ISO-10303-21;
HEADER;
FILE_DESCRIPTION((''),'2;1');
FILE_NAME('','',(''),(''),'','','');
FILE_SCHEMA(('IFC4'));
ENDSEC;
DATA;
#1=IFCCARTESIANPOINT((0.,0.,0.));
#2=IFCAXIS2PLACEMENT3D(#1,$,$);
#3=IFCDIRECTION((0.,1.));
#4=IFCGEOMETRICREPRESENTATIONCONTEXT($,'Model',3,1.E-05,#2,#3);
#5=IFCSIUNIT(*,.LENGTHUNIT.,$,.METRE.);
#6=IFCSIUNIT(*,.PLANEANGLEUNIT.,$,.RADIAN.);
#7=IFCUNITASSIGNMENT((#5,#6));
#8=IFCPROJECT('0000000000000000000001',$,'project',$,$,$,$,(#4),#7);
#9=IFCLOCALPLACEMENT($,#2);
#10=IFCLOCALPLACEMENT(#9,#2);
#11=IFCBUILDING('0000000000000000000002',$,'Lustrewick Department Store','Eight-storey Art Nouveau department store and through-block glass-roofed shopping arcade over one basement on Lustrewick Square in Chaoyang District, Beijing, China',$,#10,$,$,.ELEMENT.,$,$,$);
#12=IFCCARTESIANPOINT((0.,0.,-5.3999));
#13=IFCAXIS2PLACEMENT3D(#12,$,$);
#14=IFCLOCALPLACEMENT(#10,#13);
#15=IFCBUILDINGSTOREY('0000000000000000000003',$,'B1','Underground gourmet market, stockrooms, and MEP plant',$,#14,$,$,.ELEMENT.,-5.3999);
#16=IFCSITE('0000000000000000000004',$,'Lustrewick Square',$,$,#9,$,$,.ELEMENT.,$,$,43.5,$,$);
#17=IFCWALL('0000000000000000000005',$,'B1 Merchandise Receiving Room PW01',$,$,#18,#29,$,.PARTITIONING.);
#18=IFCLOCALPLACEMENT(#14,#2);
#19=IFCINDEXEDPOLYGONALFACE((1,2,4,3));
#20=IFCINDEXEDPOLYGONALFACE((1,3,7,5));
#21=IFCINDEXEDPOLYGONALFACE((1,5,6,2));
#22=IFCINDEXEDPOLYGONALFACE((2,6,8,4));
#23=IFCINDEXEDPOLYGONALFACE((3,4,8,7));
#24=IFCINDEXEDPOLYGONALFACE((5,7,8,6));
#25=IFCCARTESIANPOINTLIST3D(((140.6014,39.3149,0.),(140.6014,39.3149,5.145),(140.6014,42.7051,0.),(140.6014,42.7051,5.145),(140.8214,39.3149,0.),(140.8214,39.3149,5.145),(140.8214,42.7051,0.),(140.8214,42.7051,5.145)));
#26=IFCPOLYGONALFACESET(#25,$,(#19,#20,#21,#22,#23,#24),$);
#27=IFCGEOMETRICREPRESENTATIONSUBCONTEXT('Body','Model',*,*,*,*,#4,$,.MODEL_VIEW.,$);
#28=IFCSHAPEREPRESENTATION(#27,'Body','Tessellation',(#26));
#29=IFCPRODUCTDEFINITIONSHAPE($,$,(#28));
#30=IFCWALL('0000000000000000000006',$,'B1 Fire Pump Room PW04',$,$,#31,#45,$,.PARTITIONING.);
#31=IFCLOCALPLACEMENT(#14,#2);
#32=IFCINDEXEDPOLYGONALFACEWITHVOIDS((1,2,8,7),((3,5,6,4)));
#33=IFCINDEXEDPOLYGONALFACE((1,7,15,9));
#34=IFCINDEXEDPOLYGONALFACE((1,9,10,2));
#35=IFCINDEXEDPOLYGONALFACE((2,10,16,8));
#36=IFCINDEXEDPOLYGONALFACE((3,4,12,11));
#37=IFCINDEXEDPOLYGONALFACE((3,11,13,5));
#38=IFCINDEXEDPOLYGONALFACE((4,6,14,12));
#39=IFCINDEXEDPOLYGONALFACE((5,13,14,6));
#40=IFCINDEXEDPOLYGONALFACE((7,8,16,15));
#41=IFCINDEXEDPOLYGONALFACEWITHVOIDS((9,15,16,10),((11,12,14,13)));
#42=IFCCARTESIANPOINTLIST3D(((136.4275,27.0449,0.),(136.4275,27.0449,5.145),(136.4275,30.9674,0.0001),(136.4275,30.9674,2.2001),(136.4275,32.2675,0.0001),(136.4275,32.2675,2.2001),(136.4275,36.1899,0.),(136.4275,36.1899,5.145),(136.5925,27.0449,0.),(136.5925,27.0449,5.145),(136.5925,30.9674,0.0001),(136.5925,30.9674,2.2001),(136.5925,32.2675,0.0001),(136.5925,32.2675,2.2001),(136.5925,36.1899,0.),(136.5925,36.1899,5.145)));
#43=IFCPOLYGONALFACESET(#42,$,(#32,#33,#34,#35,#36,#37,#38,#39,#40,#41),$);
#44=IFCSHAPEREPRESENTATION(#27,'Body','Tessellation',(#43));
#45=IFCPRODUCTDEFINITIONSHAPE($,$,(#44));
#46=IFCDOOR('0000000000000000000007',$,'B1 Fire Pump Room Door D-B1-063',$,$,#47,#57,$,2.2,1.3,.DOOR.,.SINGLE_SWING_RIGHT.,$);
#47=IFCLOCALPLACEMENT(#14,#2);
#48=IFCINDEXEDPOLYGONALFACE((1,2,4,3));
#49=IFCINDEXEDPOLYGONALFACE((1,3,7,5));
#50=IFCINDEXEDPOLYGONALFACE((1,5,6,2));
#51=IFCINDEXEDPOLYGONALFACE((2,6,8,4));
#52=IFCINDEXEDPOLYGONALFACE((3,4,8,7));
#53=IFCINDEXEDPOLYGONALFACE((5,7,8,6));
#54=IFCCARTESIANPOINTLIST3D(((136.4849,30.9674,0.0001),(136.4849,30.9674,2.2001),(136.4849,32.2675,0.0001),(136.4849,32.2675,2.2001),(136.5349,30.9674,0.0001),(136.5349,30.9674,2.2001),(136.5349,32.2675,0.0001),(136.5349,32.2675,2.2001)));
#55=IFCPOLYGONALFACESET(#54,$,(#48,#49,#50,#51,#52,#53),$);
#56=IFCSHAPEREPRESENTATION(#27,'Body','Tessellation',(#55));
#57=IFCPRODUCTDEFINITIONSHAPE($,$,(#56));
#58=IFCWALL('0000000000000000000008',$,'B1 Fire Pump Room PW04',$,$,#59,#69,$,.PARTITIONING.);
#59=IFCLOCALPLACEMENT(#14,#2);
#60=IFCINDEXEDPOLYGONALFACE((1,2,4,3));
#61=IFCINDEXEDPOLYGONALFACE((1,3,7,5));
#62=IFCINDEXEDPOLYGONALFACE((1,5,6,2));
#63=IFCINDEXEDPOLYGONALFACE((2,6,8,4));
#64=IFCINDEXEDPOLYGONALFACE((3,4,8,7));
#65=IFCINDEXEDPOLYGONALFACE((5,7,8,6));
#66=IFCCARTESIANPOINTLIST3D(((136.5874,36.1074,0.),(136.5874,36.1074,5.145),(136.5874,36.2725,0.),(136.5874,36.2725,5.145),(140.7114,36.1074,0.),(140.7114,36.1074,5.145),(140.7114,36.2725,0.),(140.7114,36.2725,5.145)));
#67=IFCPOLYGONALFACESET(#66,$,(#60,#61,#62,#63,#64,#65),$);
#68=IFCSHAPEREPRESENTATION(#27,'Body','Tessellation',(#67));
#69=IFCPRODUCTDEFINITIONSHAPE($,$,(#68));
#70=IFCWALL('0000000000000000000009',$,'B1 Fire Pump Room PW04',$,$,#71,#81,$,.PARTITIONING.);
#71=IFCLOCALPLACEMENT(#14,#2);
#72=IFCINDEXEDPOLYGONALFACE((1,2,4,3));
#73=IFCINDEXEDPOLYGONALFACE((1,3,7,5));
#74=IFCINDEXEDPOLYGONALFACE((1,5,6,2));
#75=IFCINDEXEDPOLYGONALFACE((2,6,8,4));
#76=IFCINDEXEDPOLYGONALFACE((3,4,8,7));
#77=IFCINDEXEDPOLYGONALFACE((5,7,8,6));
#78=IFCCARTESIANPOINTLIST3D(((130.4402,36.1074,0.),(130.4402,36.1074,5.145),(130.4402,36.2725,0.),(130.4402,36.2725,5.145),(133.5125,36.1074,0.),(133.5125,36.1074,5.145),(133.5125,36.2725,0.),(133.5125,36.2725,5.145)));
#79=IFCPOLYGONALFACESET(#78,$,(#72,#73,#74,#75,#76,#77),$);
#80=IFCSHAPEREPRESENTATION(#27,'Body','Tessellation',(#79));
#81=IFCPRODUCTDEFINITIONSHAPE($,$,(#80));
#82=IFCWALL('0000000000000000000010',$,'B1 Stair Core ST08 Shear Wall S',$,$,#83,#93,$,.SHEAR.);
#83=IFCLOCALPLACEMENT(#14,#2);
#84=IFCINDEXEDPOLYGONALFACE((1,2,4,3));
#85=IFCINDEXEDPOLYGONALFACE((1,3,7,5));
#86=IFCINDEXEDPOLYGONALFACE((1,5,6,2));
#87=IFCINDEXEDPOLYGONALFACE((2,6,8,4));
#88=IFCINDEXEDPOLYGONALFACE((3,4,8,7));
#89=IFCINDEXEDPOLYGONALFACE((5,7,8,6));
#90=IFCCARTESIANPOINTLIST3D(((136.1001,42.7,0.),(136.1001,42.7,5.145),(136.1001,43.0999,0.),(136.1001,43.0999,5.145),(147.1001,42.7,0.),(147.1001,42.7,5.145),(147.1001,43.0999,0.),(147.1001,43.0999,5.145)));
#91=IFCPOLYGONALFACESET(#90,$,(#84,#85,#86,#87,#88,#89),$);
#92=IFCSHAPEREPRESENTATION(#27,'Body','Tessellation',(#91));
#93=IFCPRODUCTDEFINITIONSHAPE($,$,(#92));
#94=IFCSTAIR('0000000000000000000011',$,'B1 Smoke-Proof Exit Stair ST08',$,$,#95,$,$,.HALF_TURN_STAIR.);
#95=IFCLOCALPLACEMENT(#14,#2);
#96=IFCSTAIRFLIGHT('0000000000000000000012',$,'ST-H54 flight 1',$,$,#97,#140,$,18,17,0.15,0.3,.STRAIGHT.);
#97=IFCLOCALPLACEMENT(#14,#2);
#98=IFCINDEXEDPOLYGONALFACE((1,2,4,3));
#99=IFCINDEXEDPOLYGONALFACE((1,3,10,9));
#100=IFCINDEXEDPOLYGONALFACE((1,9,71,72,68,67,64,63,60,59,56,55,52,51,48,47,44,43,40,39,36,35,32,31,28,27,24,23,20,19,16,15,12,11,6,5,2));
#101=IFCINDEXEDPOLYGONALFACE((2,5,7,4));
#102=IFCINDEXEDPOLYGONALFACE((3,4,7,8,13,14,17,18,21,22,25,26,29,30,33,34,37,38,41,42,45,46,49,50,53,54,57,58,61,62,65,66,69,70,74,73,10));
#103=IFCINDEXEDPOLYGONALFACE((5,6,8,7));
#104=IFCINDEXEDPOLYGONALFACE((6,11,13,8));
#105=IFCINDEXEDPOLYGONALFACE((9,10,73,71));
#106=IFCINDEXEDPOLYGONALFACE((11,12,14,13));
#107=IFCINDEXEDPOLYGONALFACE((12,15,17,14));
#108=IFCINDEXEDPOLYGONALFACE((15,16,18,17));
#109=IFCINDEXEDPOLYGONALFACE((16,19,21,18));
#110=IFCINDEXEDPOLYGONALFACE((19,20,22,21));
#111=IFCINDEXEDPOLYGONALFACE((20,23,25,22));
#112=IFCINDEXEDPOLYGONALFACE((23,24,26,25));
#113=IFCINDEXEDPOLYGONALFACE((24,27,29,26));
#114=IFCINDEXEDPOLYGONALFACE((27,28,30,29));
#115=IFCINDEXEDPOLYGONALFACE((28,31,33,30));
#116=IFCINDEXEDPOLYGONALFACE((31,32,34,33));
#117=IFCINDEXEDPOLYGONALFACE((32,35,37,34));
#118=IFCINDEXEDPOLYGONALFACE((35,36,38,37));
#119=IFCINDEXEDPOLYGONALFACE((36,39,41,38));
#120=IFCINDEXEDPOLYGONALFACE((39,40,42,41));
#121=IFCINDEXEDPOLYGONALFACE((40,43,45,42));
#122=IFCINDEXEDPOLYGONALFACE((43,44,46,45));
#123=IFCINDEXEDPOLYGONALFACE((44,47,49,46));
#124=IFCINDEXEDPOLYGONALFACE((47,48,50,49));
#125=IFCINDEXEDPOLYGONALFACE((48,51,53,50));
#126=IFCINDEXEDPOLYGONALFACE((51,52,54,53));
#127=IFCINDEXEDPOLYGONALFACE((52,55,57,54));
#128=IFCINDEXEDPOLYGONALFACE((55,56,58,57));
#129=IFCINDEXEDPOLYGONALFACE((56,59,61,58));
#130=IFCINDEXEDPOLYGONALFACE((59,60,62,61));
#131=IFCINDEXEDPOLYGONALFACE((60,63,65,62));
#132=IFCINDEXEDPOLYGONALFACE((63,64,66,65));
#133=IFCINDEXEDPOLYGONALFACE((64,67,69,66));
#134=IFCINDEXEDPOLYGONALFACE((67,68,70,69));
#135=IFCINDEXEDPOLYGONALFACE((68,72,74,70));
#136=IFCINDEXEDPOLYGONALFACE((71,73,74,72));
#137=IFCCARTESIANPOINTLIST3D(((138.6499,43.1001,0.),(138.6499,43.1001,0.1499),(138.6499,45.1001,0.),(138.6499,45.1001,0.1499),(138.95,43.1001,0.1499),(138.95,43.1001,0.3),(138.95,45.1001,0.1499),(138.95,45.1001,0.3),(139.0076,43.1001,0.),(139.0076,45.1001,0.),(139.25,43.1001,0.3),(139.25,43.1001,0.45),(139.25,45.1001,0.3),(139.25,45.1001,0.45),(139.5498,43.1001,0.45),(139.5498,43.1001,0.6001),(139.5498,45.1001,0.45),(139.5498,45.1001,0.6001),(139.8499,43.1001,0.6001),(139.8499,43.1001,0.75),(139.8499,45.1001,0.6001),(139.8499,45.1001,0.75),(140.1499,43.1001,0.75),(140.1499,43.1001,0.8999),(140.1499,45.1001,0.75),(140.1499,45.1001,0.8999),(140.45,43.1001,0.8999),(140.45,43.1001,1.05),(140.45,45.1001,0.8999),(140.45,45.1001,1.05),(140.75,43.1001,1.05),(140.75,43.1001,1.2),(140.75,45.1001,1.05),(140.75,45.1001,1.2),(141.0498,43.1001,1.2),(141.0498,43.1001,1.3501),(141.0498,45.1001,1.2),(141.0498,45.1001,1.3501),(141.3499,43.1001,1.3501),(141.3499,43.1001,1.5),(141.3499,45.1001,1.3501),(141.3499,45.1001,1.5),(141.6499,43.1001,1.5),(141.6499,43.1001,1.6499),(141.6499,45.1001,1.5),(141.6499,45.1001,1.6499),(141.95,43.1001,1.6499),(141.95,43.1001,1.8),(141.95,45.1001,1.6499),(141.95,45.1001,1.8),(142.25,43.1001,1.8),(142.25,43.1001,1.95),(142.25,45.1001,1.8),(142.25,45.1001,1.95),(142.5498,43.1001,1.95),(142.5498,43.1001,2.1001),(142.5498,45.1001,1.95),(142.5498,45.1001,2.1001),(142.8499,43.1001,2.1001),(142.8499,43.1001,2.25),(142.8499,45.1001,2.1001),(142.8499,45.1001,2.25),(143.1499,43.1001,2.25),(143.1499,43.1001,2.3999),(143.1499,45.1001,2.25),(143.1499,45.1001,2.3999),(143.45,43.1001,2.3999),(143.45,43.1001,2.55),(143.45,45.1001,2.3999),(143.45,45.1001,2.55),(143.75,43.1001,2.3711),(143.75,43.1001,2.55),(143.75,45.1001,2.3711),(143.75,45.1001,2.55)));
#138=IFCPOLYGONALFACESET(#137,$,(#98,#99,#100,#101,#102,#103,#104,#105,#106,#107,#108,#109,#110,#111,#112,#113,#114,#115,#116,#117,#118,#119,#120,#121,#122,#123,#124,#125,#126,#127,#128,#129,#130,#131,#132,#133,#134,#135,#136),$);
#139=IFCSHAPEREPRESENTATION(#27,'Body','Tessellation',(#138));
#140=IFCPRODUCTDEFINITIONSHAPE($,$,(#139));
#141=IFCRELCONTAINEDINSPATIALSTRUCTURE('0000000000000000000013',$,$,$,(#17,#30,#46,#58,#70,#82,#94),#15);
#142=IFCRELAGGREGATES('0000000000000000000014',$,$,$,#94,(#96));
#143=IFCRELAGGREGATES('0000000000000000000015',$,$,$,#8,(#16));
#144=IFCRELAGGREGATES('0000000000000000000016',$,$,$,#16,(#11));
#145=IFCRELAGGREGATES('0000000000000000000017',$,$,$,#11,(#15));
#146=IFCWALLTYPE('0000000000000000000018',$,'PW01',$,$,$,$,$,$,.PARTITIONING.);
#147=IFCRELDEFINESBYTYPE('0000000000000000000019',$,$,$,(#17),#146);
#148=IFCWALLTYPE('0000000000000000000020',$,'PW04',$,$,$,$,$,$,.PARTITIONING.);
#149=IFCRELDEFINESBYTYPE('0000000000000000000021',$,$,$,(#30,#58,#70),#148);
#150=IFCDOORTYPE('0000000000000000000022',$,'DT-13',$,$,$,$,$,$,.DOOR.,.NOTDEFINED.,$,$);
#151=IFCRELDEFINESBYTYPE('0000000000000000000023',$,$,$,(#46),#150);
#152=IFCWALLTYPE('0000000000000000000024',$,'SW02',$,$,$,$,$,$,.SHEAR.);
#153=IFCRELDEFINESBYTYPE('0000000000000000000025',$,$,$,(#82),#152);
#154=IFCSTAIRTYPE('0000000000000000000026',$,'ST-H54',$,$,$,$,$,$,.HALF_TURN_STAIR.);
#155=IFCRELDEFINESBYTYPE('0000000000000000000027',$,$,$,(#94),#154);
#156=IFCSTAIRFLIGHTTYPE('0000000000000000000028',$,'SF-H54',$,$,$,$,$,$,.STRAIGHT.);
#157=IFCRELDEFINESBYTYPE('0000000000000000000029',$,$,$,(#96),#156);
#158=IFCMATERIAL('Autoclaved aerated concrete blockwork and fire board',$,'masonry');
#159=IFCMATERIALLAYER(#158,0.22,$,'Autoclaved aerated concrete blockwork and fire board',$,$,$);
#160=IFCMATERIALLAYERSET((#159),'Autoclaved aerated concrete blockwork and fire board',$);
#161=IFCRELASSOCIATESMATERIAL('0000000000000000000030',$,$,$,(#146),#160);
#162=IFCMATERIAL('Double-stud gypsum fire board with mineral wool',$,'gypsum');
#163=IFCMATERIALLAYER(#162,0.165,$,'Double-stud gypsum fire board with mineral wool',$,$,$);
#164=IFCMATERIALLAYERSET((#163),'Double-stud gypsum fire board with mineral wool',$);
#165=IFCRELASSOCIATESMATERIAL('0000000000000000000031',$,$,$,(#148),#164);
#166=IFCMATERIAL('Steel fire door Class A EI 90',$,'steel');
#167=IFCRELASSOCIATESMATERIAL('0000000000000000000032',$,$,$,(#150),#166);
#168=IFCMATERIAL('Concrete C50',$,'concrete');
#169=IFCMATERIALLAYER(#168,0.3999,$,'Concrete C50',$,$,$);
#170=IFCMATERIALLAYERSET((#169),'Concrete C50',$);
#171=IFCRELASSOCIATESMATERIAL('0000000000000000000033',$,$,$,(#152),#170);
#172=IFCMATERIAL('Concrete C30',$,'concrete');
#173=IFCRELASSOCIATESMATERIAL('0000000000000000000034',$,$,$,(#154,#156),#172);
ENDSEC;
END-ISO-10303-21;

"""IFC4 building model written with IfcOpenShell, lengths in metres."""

from ifc_helpers import new_model, si_unit, direction, frame, frame_2d, origin, place, context, subcontext, project, spatial, polyline, rectangle, outline, extrude, material, layer, layer_set, type_object, element, fill, aggregate, save


model = new_model("IFC4")

# Units and contexts
model_context = context("Model", 3, precision=1e-05, world=origin(), true_north=direction((0.0, 1.0)))
body_context = subcontext(model_context, "Body", "Model", "MODEL_VIEW")
ifc_project = project(units=[si_unit("LENGTHUNIT", "METRE"), si_unit("PLANEANGLEUNIT", "RADIAN")], contexts=[model_context])

# Site, building, storey
site_placement = place(None, origin())
site = spatial("IfcSite", under=ifc_project, at=site_placement, Name="Lustrewick Square", CompositionType="ELEMENT", RefElevation=43.5)
building_placement = place(site_placement, origin())
building = spatial("IfcBuilding", under=site, at=building_placement, Name="Lustrewick Department Store", Description="Eight-storey Art Nouveau department store and through-block glass-roofed shopping arcade over one basement on Lustrewick Square in Chaoyang District, Beijing, China", CompositionType="ELEMENT")
storey_placement = place(building_placement, frame((0.0, 0.0, -5.3999)))
storey = spatial("IfcBuildingStorey", under=building, at=storey_placement, Name="B1", Description="Underground gourmet market, stockrooms, and MEP plant", CompositionType="ELEMENT", Elevation=-5.3999)

# Shared definitions
ifc_material_1 = material(Name="Concrete C50", Category="concrete")

# Shared definitions
ifc_material_2 = material(Name="Autoclaved aerated concrete blockwork and fire board", Category="masonry")
ifc_layer_1 = layer(ifc_material_2, 0.22, Name="Autoclaved aerated concrete blockwork and fire board")
ifc_layer_set_1 = layer_set([ifc_layer_1], Name="Autoclaved aerated concrete blockwork and fire board")
wall_type_1 = type_object("IfcWallType", Name="PW01", PredefinedType="PARTITIONING", material=ifc_layer_set_1)

# Shared definitions
ifc_material_3 = material(Name="Steel fire door Class A EI 90", Category="steel")

# Wall
wall_1_placement = place(storey_placement, frame((140.7114, 42.7051, 0.0), z_axis=(0.0, 0.0, 1.0), x_axis=(0.0, -1.0, 0.0)))
element("IfcWall", 1, at=wall_1_placement, inside=storey, type_object=wall_type_1, Name="B1 Merchandise Receiving Room PW01", PredefinedType="PARTITIONING", context=body_context, shape_type="SweptSolid", body=[
    extrude(rectangle(XDim=3.3901, YDim=0.22, at=frame_2d((1.6951, 0.0))), origin(), (0.0, 0.0, 1.0), 5.145),
])

# Wall, opening, door
ifc_material_4 = material(Name="Double-stud gypsum fire board with mineral wool", Category="gypsum")
ifc_layer_2 = layer(ifc_material_4, 0.165, Name="Double-stud gypsum fire board with mineral wool")
ifc_layer_set_2 = layer_set([ifc_layer_2], Name="Double-stud gypsum fire board with mineral wool")
wall_type_2 = type_object("IfcWallType", Name="PW04", PredefinedType="PARTITIONING", material=ifc_layer_set_2)
wall_2_placement = place(storey_placement, frame((136.51, 36.1899, 0.0), z_axis=(0.0, 0.0, 1.0), x_axis=(0.0, -1.0, 0.0)))
wall_2 = element("IfcWall", 2, at=wall_2_placement, inside=storey, type_object=wall_type_2, Name="B1 Fire Pump Room PW04", PredefinedType="PARTITIONING", context=body_context, shape_type="SweptSolid", body=[
    extrude(rectangle(XDim=9.145, YDim=0.165, at=frame_2d((4.5725, 0.0))), origin(), (0.0, 0.0, 1.0), 5.145),
])
opening_1_placement = place(wall_2_placement, frame((3.9226, 0.0, 0.0)))
opening_1 = element("IfcOpeningElement", 3, at=opening_1_placement, cuts=wall_2, PredefinedType="OPENING", context=body_context, shape_type="SweptSolid", body=[
    extrude(rectangle(XDim=1.3, YDim=2.2, at=frame_2d((0.6499, 1.1001))), frame((0.0, 0.0925, 0.0), z_axis=(0.0, -1.0, 0.0), x_axis=(1.0, 0.0, 0.0)), (0.0, 0.0, 1.0), 0.1851),
])
door_type_1 = type_object("IfcDoorType", Name="DT-13", OperationType="NOTDEFINED", PredefinedType="DOOR", material=ifc_material_3)
door_1_placement = place(opening_1_placement, origin())
door_1 = element("IfcDoor", 4, at=door_1_placement, inside=storey, type_object=door_type_1, Name="B1 Fire Pump Room Door D-B1-063", OperationType="SINGLE_SWING_RIGHT", OverallHeight=2.2, OverallWidth=1.3, PredefinedType="DOOR", context=body_context, shape_type="SweptSolid", body=[
    extrude(rectangle(XDim=1.3, YDim=2.2, at=frame_2d((0.6499, 1.1001))), frame((0.0, 0.0249, 0.0), z_axis=(0.0, -1.0, 0.0), x_axis=(1.0, 0.0, 0.0)), (0.0, 0.0, 1.0), 0.05),
])
fill(opening_1, door_1)

# Walls
wall_3_placement = place(storey_placement, frame((140.7114, 36.1899, 0.0), z_axis=(0.0, 0.0, 1.0), x_axis=(-1.0, 0.0, 0.0)))
element("IfcWall", 5, at=wall_3_placement, inside=storey, type_object=wall_type_2, Name="B1 Fire Pump Room PW04", PredefinedType="PARTITIONING", context=body_context, shape_type="SweptSolid", body=[
    extrude(rectangle(XDim=4.124, YDim=0.165, at=frame_2d((2.062, 0.0))), origin(), (0.0, 0.0, 1.0), 5.145),
])
wall_4_placement = place(storey_placement, frame((133.5125, 36.1899, 0.0), z_axis=(0.0, 0.0, 1.0), x_axis=(-1.0, 0.0, 0.0)))
element("IfcWall", 6, at=wall_4_placement, inside=storey, type_object=wall_type_2, Name="B1 Fire Pump Room PW04", PredefinedType="PARTITIONING", context=body_context, shape_type="SweptSolid", body=[
    extrude(rectangle(XDim=3.0723, YDim=0.165, at=frame_2d((1.5361, 0.0))), origin(), (0.0, 0.0, 1.0), 5.145),
])
ifc_layer_3 = layer(ifc_material_1, 0.3999, Name="Concrete C50")
ifc_layer_set_3 = layer_set([ifc_layer_3], Name="Concrete C50")
wall_type_3 = type_object("IfcWallType", Name="SW02", PredefinedType="SHEAR", material=ifc_layer_set_3)
wall_5_placement = place(storey_placement, frame((136.1001, 42.8999, 0.0), z_axis=(0.0, 0.0, 1.0), x_axis=(1.0, 0.0, 0.0)))
element("IfcWall", 7, at=wall_5_placement, inside=storey, type_object=wall_type_3, Name="B1 Stair Core ST08 Shear Wall S", PredefinedType="SHEAR", context=body_context, shape_type="SweptSolid", body=[
    extrude(rectangle(XDim=11.0, YDim=0.3999, at=frame_2d((5.5, 0.0))), origin(), (0.0, 0.0, 1.0), 5.145),
])

# Stair, stair flight
ifc_material_5 = material(Name="Concrete C30", Category="concrete")
stair_type = type_object("IfcStairType", Name="ST-H54", PredefinedType="HALF_TURN_STAIR", material=ifc_material_5)
stair_placement = place(storey_placement, origin())
stair = element("IfcStair", 8, at=stair_placement, inside=storey, type_object=stair_type, Name="B1 Smoke-Proof Exit Stair ST08", PredefinedType="HALF_TURN_STAIR")
stair_flight_type = type_object("IfcStairFlightType", Name="SF-H54", PredefinedType="STRAIGHT", material=ifc_material_5)
stair_flight_placement = place(storey_placement, frame((138.6499, 44.1001, 0.0), z_axis=(0.0, 0.0, 1.0), x_axis=(1.0, 0.0, 0.0)))
stair_flight = element("IfcStairFlight", 9, at=stair_flight_placement, type_object=stair_flight_type, Name="ST-H54 flight 1", NumberOfRisers=18, NumberOfTreads=17, PredefinedType="STRAIGHT", RiserHeight=0.15, TreadLength=0.3, context=body_context, shape_type="SweptSolid", body=[
    extrude(outline(polyline([(0.0, 0.0), (0.0, 0.1499), (0.3, 0.1499), (0.3, 0.3), (0.6001, 0.3), (0.6001, 0.45), (0.8999, 0.45), (0.8999, 0.6001), (1.2, 0.6001), (1.2, 0.75), (1.5, 0.75), (1.5, 0.8999), (1.8, 0.8999), (1.8, 1.05), (2.1001, 1.05), (2.1001, 1.2), (2.3999, 1.2), (2.3999, 1.3501), (2.7, 1.3501), (2.7, 1.5), (3.0, 1.5), (3.0, 1.6499), (3.3, 1.6499), (3.3, 1.8), (3.6001, 1.8), (3.6001, 1.95), (3.8999, 1.95), (3.8999, 2.1001), (4.2, 2.1001), (4.2, 2.25), (4.5, 2.25), (4.5, 2.3999), (4.8, 2.3999), (4.8, 2.55), (5.1001, 2.55), (5.1001, 2.7), (5.1001, 2.3711), (0.3577, 0.0), (0.0, 0.0)])), frame((0.0, 1.0, 0.0), z_axis=(0.0, -1.0, 0.0), x_axis=(1.0, 0.0, 0.0)), (0.0, 0.0, 1.0), 2.0),
])
aggregate(stair, [stair_flight])

save(model, "model.ifc")
